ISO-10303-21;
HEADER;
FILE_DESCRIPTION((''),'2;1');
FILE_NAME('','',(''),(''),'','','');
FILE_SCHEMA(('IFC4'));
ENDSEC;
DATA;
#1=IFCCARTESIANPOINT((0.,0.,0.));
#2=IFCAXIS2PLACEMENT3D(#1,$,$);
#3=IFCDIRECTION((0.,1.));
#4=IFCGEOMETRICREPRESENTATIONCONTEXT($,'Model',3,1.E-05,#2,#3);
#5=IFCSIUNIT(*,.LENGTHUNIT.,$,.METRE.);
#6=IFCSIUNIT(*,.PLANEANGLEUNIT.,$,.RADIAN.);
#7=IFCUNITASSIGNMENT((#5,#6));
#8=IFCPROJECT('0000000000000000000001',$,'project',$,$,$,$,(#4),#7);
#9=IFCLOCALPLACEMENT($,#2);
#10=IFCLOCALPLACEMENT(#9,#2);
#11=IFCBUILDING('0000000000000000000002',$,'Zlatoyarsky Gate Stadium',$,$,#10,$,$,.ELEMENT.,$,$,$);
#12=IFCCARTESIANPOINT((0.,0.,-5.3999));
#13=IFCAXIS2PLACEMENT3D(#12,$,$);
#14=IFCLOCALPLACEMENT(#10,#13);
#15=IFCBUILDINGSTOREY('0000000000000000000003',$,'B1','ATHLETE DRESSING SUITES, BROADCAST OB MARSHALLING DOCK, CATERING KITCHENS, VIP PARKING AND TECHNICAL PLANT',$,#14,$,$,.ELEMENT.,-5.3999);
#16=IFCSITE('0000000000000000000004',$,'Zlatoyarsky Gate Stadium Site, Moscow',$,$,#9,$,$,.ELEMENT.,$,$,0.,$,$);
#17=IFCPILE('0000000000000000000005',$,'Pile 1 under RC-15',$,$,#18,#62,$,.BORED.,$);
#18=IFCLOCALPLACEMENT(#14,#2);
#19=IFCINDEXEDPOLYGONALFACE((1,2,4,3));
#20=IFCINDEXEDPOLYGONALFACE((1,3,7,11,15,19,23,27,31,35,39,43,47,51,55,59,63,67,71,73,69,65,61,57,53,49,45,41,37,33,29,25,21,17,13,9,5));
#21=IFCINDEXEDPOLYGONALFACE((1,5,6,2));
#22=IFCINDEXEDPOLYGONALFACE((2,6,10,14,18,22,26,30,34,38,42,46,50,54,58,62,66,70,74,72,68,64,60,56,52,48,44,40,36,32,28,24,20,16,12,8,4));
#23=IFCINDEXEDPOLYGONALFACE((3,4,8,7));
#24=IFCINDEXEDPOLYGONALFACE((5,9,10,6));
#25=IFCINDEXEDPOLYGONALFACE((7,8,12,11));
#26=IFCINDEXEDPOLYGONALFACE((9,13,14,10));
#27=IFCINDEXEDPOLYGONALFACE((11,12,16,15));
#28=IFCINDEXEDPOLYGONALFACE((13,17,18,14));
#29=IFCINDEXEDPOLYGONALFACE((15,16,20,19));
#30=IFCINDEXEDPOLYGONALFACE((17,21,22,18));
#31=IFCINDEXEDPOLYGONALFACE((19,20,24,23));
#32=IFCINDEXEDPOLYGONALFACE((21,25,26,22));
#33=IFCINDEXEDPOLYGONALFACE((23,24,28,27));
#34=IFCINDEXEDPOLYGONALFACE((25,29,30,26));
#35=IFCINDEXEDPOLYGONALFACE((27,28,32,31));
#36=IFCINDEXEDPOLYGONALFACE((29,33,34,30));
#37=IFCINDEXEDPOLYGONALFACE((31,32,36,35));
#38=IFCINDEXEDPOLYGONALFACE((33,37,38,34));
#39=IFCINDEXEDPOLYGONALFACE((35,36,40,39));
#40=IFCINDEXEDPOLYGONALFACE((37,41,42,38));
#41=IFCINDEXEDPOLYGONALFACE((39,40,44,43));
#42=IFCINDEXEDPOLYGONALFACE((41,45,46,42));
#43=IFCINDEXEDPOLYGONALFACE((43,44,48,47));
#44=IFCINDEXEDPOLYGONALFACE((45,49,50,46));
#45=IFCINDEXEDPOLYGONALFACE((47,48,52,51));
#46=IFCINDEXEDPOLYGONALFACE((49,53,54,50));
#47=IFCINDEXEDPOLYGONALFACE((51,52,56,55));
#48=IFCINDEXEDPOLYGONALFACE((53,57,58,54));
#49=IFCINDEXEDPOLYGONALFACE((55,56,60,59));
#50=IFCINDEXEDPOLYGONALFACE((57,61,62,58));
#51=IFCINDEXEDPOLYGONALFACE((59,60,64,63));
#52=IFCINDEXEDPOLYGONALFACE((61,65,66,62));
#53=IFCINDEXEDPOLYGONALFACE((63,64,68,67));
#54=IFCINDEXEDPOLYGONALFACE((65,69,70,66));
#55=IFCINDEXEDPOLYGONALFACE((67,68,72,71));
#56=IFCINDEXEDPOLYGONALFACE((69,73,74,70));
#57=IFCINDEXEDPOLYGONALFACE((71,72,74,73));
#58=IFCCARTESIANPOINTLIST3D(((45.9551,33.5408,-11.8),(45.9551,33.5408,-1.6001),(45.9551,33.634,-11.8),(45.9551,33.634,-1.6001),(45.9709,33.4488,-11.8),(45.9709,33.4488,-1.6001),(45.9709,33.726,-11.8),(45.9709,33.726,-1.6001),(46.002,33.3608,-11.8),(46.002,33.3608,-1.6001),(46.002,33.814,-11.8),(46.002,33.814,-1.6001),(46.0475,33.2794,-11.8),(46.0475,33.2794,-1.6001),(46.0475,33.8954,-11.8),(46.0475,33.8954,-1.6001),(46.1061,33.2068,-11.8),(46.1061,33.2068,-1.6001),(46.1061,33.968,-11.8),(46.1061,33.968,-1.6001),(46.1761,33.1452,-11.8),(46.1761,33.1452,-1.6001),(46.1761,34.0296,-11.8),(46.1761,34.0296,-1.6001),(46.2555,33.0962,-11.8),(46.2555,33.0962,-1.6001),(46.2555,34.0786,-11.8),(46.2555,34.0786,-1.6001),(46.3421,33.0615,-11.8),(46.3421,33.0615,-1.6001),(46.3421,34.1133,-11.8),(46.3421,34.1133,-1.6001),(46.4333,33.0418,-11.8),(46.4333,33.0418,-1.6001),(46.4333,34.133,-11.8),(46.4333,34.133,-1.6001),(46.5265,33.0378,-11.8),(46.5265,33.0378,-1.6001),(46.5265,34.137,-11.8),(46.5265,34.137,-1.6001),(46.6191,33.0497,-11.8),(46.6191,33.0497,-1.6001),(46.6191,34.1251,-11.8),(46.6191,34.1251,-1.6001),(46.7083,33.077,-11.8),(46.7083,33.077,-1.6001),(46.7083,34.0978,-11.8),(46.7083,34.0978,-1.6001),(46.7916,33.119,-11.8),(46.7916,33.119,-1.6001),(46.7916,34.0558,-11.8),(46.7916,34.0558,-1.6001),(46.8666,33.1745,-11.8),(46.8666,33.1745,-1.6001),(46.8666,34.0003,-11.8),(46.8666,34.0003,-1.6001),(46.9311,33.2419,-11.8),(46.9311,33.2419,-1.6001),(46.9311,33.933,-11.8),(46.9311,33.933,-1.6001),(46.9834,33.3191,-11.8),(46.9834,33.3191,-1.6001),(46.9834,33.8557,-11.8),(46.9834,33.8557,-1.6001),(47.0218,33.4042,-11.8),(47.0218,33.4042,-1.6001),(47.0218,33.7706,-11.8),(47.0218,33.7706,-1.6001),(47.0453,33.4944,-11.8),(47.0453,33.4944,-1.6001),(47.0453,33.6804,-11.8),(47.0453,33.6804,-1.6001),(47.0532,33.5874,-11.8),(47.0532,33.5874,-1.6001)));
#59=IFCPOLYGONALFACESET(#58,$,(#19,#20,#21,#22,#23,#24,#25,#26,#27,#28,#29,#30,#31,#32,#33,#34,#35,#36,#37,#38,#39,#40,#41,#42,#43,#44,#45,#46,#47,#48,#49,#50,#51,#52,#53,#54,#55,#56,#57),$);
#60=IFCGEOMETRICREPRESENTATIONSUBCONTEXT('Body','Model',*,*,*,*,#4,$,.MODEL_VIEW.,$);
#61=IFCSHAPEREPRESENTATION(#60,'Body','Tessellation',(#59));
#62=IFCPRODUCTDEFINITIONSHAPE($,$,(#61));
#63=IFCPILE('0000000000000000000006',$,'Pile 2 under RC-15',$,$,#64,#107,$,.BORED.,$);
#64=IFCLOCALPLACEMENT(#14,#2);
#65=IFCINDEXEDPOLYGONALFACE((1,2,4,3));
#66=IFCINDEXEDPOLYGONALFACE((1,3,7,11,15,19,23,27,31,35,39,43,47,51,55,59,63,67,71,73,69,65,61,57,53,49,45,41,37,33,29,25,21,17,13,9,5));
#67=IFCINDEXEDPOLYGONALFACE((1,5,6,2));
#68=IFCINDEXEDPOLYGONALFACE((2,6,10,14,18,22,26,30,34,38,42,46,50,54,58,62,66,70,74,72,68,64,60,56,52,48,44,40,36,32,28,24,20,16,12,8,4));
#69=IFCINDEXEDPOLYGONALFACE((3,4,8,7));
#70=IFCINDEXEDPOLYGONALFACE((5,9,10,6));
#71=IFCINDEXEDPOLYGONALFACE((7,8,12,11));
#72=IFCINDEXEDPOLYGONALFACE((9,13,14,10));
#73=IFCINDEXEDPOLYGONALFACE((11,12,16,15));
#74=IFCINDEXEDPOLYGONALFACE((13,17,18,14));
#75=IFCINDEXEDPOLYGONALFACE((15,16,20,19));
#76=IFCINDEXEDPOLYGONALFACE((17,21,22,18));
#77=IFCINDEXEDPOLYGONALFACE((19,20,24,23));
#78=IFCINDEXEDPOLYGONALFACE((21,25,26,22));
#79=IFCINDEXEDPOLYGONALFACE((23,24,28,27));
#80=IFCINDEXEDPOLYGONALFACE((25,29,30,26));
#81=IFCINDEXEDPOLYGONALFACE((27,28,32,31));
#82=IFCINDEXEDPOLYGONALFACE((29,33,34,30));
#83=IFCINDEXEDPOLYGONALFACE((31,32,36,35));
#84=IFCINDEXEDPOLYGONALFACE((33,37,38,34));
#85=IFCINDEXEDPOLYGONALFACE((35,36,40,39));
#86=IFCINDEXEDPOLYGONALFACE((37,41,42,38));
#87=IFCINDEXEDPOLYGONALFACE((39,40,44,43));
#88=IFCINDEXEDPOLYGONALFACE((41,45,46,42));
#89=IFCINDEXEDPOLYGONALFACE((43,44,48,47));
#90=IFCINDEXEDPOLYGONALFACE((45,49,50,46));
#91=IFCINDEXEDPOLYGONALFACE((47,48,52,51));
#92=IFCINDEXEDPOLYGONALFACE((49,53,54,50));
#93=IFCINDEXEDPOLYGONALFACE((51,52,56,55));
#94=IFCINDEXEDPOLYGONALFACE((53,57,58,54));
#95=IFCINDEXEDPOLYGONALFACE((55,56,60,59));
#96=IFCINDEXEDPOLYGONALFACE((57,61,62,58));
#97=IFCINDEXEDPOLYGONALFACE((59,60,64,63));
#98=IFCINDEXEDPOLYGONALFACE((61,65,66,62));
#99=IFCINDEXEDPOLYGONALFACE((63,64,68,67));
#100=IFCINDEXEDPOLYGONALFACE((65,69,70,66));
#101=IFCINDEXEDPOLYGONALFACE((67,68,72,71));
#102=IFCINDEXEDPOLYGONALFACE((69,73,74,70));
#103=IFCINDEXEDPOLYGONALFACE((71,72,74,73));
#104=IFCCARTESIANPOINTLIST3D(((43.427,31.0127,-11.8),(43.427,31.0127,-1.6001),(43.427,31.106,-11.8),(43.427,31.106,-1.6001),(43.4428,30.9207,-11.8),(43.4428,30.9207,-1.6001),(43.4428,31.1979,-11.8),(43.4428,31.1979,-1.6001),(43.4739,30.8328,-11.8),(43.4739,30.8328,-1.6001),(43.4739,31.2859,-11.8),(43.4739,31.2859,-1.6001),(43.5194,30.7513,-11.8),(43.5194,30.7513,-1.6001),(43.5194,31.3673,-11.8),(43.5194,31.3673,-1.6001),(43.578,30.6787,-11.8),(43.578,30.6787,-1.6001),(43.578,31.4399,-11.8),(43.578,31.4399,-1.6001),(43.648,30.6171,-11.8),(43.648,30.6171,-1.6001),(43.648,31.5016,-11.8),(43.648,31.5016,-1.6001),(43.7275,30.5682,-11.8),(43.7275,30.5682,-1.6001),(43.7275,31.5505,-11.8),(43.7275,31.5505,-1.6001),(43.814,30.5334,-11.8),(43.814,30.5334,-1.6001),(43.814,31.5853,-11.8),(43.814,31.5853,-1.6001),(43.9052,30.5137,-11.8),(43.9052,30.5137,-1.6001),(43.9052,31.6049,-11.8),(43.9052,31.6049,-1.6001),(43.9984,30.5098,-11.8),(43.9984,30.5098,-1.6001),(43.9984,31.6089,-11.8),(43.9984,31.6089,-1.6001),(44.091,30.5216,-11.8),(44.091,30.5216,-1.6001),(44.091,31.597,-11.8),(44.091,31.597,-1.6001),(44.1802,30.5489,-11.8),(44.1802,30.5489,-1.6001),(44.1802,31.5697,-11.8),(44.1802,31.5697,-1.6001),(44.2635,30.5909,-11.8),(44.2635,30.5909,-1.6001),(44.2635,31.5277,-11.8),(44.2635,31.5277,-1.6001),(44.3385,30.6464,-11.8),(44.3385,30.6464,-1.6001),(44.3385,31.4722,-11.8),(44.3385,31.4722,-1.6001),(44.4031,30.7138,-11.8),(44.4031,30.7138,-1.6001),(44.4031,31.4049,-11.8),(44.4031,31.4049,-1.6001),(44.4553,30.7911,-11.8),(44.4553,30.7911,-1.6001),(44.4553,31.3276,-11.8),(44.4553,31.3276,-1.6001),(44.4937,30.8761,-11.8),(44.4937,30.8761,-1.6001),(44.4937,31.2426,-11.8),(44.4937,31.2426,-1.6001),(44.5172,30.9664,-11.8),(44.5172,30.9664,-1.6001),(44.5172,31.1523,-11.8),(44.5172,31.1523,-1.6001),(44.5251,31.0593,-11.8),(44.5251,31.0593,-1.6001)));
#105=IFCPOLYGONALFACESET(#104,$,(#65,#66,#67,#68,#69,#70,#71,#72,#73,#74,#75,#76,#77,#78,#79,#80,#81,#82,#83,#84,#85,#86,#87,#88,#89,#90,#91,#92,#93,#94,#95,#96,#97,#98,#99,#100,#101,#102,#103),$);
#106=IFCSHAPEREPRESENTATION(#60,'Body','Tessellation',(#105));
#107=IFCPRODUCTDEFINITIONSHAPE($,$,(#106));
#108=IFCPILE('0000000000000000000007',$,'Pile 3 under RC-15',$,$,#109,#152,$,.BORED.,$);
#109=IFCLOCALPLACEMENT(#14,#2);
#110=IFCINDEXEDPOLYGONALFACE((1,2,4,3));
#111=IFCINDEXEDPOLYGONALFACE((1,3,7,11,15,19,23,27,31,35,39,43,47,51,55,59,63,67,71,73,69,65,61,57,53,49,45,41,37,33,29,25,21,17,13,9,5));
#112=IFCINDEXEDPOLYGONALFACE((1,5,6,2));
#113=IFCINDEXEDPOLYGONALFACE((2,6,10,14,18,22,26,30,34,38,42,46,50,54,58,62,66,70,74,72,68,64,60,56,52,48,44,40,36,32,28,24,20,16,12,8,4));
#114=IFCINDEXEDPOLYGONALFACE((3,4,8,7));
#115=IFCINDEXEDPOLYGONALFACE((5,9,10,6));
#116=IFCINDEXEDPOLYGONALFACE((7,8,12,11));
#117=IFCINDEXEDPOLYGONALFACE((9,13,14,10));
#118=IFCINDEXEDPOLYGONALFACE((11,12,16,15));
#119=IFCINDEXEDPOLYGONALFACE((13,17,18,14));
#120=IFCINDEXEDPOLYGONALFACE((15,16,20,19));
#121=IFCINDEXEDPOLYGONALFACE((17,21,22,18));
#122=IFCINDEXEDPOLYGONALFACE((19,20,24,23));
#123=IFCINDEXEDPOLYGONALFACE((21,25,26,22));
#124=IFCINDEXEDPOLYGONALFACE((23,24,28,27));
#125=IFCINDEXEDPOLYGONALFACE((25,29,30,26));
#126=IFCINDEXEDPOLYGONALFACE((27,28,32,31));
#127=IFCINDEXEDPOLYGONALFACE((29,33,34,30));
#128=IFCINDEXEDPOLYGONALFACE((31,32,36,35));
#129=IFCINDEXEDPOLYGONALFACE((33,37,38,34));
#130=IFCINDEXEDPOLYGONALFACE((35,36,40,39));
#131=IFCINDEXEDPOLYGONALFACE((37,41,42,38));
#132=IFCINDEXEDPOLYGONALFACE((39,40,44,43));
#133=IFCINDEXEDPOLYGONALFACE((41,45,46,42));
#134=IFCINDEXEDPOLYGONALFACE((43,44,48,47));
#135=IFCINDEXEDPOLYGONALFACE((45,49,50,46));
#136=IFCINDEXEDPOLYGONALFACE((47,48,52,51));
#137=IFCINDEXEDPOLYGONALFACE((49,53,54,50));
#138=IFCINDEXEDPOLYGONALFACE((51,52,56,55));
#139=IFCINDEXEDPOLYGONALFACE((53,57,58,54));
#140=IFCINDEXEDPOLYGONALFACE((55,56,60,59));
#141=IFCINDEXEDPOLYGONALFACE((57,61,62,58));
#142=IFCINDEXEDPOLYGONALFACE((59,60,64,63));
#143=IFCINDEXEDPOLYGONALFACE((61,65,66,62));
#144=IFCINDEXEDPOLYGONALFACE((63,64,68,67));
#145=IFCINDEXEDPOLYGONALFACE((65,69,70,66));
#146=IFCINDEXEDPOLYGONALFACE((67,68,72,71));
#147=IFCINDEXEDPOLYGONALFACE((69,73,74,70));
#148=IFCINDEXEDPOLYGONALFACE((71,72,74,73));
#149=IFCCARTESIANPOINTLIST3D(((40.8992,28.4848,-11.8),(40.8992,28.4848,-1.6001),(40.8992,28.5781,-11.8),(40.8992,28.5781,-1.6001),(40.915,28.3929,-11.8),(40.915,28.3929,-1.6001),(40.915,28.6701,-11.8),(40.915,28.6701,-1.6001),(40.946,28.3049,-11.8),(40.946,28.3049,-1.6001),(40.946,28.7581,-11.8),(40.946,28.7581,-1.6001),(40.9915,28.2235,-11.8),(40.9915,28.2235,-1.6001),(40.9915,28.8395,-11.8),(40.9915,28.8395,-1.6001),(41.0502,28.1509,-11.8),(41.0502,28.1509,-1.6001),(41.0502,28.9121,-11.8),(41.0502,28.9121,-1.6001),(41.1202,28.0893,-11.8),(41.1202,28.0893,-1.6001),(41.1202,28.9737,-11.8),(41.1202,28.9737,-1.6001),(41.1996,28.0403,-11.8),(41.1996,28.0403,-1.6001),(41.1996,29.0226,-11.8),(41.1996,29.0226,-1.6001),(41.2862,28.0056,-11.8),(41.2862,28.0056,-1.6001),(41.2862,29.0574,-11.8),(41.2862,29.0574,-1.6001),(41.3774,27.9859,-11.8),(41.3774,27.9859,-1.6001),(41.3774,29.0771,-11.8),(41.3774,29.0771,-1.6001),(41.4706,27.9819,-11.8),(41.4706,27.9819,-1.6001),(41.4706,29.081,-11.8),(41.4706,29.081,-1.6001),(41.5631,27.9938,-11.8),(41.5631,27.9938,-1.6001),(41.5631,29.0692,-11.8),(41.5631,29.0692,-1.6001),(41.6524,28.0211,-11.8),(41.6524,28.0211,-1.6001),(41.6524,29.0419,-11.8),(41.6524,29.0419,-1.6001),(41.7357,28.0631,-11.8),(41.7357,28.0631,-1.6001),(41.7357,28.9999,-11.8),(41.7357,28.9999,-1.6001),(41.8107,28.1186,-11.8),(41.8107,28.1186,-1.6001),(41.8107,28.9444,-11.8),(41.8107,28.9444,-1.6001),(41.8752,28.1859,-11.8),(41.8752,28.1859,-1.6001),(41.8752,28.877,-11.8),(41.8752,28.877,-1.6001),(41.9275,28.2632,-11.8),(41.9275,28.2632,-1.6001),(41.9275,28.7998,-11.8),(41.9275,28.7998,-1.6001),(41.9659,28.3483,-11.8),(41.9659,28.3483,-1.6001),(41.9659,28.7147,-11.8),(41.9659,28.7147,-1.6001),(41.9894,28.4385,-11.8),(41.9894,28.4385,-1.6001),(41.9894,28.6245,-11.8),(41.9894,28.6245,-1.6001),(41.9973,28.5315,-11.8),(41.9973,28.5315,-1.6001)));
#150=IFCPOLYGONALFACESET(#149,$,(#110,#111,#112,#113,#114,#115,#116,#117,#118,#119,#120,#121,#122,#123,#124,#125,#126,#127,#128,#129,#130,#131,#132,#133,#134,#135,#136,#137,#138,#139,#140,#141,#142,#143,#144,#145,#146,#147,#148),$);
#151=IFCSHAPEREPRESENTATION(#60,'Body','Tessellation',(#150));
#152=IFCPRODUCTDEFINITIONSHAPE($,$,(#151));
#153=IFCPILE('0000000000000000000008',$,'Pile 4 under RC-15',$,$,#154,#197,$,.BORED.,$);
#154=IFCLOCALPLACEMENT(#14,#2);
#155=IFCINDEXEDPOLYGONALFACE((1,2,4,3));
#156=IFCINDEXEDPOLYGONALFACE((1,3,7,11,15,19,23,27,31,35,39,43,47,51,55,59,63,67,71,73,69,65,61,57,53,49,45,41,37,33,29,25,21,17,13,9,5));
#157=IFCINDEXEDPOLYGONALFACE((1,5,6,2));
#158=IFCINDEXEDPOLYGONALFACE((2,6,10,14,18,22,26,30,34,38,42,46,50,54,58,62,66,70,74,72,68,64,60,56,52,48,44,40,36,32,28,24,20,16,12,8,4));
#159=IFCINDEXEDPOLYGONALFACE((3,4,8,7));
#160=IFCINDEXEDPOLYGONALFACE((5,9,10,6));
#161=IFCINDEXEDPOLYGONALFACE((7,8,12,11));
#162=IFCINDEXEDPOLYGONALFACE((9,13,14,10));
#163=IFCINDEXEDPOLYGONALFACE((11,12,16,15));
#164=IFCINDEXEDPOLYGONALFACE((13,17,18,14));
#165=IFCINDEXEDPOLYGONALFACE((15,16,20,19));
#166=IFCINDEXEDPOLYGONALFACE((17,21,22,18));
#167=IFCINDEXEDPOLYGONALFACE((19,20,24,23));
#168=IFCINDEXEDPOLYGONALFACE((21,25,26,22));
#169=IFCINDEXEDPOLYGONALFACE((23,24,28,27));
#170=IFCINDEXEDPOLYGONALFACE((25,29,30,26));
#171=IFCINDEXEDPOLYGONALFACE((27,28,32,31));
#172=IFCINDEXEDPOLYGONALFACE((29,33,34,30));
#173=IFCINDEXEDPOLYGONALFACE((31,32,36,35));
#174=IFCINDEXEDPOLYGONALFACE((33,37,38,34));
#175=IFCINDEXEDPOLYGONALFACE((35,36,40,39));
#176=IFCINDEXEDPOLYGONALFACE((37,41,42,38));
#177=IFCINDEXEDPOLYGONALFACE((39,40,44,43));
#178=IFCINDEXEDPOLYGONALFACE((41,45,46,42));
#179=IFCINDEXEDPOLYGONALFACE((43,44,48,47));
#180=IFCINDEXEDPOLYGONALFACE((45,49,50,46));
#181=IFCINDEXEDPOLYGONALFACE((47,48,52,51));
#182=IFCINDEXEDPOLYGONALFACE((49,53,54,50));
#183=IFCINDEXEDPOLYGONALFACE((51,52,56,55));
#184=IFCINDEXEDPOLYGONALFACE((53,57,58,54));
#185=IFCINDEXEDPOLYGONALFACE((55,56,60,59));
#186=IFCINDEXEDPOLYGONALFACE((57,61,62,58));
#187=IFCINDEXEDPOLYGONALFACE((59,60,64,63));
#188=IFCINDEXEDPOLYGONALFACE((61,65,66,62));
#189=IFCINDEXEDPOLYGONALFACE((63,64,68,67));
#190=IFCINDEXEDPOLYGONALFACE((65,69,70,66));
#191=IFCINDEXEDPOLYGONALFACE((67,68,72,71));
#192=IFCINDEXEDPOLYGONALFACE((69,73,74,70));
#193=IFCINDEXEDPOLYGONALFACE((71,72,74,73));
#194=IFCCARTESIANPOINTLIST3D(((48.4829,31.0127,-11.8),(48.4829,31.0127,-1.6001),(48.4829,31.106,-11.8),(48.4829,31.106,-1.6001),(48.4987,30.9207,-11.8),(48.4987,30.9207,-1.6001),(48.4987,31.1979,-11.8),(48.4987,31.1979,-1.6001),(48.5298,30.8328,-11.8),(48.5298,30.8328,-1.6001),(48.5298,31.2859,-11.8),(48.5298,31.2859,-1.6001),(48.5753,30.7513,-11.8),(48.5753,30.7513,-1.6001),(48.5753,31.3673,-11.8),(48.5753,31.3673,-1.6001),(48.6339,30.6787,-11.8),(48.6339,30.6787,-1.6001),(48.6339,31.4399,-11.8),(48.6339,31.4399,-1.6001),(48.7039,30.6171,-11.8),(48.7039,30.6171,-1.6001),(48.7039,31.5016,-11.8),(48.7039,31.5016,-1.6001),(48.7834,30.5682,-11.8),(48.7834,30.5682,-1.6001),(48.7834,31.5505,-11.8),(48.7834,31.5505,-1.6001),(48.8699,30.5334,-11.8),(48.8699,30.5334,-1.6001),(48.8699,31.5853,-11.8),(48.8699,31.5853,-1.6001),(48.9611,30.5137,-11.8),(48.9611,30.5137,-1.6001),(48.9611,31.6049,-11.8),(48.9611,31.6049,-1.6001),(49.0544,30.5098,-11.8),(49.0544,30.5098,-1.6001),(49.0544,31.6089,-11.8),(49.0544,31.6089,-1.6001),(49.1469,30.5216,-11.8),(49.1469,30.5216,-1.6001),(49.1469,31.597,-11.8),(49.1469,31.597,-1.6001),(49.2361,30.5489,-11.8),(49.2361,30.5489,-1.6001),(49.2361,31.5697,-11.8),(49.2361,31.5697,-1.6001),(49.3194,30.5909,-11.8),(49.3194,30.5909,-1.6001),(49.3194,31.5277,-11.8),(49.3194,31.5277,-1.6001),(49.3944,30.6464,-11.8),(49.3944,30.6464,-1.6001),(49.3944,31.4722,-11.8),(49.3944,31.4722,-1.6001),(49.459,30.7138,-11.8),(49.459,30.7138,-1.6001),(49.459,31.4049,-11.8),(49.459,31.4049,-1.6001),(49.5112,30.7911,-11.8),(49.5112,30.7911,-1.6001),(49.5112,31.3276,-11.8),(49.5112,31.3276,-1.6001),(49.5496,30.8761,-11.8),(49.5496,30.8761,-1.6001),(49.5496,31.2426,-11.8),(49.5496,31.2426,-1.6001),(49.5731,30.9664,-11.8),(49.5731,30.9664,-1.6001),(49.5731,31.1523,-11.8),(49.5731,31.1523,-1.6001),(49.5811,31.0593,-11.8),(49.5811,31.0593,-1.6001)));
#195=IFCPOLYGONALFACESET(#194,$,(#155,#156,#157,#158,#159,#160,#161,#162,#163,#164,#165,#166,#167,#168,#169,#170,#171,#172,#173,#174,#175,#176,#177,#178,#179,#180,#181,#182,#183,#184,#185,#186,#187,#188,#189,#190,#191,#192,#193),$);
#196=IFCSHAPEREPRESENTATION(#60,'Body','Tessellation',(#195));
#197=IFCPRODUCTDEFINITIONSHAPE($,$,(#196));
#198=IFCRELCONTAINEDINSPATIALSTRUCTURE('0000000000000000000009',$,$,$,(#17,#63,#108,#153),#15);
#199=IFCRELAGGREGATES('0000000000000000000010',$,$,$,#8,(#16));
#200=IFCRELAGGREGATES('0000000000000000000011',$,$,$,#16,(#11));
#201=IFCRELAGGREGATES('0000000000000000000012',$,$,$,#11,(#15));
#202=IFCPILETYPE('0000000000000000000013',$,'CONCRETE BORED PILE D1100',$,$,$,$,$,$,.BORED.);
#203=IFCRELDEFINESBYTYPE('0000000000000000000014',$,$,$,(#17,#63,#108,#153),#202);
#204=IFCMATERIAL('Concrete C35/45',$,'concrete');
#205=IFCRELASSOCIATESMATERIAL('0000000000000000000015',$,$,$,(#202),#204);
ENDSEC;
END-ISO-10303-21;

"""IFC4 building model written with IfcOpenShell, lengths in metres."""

from ifc_helpers import new_model, si_unit, direction, frame, origin, origin_2d, place, context, subcontext, project, spatial, circle, extrude, material, material_profile, profile_set, type_object, element, save


model = new_model("IFC4")

# Units and contexts
model_context = context("Model", 3, precision=1e-05, world=origin(), true_north=direction((0.0, 1.0)))
body_context = subcontext(model_context, "Body", "Model", "MODEL_VIEW")
ifc_project = project(units=[si_unit("LENGTHUNIT", "METRE"), si_unit("PLANEANGLEUNIT", "RADIAN")], contexts=[model_context])

# Site, building, storey
site_placement = place(None, origin())
site = spatial("IfcSite", under=ifc_project, at=site_placement, Name="Zlatoyarsky Gate Stadium Site, Moscow", CompositionType="ELEMENT", RefElevation=0.0)
building_placement = place(site_placement, origin())
building = spatial("IfcBuilding", under=site, at=building_placement, Name="Zlatoyarsky Gate Stadium", CompositionType="ELEMENT")
storey_placement = place(building_placement, frame((0.0, 0.0, -5.3999)))
storey = spatial("IfcBuildingStorey", under=building, at=storey_placement, Name="B1", Description="ATHLETE DRESSING SUITES, BROADCAST OB MARSHALLING DOCK, CATERING KITCHENS, VIP PARKING AND TECHNICAL PLANT", CompositionType="ELEMENT", Elevation=-5.3999)

# Piles
ifc_material_1 = material(Name="Concrete C35/45", Category="concrete")
ifc_material_profile_1 = material_profile(ifc_material_1, circle(Radius=0.55, at=origin_2d()), Name="BORED PILE D1100")
ifc_profile_set_1 = profile_set([ifc_material_profile_1], Name="Concrete C35/45")
pile_type_1 = type_object("IfcPileType", Name="CONCRETE BORED PILE D1100", PredefinedType="BORED", material=ifc_profile_set_1)
for number, where, z_axis, x_axis, name in (
    (1, (46.5032, 33.5874, -1.6001), (0.0, 0.0, -1.0), (1.0, 0.0, 0.0), "Pile 1 under RC-15"),
    (2, (43.9751, 31.0593, -1.6001), (0.0, 0.0, -1.0), (1.0, 0.0, 0.0), "Pile 2 under RC-15"),
    (3, (41.4473, 28.5315, -1.6001), (0.0, 0.0, -1.0), (1.0, 0.0, 0.0), "Pile 3 under RC-15"),
    (4, (49.031, 31.0593, -1.6001), (0.0, 0.0, -1.0), (1.0, 0.0, 0.0), "Pile 4 under RC-15"),
):
    element("IfcPile", number, at=place(storey_placement, frame(where, z_axis=z_axis, x_axis=x_axis)), inside=storey, type_object=pile_type_1, Name=name, PredefinedType="BORED", context=body_context, shape_type="SweptSolid", body=[
        extrude(circle(Radius=0.55, at=origin_2d()), origin(), (0.0, 0.0, 1.0), 10.2),
    ])

save(model, "model.ifc")
